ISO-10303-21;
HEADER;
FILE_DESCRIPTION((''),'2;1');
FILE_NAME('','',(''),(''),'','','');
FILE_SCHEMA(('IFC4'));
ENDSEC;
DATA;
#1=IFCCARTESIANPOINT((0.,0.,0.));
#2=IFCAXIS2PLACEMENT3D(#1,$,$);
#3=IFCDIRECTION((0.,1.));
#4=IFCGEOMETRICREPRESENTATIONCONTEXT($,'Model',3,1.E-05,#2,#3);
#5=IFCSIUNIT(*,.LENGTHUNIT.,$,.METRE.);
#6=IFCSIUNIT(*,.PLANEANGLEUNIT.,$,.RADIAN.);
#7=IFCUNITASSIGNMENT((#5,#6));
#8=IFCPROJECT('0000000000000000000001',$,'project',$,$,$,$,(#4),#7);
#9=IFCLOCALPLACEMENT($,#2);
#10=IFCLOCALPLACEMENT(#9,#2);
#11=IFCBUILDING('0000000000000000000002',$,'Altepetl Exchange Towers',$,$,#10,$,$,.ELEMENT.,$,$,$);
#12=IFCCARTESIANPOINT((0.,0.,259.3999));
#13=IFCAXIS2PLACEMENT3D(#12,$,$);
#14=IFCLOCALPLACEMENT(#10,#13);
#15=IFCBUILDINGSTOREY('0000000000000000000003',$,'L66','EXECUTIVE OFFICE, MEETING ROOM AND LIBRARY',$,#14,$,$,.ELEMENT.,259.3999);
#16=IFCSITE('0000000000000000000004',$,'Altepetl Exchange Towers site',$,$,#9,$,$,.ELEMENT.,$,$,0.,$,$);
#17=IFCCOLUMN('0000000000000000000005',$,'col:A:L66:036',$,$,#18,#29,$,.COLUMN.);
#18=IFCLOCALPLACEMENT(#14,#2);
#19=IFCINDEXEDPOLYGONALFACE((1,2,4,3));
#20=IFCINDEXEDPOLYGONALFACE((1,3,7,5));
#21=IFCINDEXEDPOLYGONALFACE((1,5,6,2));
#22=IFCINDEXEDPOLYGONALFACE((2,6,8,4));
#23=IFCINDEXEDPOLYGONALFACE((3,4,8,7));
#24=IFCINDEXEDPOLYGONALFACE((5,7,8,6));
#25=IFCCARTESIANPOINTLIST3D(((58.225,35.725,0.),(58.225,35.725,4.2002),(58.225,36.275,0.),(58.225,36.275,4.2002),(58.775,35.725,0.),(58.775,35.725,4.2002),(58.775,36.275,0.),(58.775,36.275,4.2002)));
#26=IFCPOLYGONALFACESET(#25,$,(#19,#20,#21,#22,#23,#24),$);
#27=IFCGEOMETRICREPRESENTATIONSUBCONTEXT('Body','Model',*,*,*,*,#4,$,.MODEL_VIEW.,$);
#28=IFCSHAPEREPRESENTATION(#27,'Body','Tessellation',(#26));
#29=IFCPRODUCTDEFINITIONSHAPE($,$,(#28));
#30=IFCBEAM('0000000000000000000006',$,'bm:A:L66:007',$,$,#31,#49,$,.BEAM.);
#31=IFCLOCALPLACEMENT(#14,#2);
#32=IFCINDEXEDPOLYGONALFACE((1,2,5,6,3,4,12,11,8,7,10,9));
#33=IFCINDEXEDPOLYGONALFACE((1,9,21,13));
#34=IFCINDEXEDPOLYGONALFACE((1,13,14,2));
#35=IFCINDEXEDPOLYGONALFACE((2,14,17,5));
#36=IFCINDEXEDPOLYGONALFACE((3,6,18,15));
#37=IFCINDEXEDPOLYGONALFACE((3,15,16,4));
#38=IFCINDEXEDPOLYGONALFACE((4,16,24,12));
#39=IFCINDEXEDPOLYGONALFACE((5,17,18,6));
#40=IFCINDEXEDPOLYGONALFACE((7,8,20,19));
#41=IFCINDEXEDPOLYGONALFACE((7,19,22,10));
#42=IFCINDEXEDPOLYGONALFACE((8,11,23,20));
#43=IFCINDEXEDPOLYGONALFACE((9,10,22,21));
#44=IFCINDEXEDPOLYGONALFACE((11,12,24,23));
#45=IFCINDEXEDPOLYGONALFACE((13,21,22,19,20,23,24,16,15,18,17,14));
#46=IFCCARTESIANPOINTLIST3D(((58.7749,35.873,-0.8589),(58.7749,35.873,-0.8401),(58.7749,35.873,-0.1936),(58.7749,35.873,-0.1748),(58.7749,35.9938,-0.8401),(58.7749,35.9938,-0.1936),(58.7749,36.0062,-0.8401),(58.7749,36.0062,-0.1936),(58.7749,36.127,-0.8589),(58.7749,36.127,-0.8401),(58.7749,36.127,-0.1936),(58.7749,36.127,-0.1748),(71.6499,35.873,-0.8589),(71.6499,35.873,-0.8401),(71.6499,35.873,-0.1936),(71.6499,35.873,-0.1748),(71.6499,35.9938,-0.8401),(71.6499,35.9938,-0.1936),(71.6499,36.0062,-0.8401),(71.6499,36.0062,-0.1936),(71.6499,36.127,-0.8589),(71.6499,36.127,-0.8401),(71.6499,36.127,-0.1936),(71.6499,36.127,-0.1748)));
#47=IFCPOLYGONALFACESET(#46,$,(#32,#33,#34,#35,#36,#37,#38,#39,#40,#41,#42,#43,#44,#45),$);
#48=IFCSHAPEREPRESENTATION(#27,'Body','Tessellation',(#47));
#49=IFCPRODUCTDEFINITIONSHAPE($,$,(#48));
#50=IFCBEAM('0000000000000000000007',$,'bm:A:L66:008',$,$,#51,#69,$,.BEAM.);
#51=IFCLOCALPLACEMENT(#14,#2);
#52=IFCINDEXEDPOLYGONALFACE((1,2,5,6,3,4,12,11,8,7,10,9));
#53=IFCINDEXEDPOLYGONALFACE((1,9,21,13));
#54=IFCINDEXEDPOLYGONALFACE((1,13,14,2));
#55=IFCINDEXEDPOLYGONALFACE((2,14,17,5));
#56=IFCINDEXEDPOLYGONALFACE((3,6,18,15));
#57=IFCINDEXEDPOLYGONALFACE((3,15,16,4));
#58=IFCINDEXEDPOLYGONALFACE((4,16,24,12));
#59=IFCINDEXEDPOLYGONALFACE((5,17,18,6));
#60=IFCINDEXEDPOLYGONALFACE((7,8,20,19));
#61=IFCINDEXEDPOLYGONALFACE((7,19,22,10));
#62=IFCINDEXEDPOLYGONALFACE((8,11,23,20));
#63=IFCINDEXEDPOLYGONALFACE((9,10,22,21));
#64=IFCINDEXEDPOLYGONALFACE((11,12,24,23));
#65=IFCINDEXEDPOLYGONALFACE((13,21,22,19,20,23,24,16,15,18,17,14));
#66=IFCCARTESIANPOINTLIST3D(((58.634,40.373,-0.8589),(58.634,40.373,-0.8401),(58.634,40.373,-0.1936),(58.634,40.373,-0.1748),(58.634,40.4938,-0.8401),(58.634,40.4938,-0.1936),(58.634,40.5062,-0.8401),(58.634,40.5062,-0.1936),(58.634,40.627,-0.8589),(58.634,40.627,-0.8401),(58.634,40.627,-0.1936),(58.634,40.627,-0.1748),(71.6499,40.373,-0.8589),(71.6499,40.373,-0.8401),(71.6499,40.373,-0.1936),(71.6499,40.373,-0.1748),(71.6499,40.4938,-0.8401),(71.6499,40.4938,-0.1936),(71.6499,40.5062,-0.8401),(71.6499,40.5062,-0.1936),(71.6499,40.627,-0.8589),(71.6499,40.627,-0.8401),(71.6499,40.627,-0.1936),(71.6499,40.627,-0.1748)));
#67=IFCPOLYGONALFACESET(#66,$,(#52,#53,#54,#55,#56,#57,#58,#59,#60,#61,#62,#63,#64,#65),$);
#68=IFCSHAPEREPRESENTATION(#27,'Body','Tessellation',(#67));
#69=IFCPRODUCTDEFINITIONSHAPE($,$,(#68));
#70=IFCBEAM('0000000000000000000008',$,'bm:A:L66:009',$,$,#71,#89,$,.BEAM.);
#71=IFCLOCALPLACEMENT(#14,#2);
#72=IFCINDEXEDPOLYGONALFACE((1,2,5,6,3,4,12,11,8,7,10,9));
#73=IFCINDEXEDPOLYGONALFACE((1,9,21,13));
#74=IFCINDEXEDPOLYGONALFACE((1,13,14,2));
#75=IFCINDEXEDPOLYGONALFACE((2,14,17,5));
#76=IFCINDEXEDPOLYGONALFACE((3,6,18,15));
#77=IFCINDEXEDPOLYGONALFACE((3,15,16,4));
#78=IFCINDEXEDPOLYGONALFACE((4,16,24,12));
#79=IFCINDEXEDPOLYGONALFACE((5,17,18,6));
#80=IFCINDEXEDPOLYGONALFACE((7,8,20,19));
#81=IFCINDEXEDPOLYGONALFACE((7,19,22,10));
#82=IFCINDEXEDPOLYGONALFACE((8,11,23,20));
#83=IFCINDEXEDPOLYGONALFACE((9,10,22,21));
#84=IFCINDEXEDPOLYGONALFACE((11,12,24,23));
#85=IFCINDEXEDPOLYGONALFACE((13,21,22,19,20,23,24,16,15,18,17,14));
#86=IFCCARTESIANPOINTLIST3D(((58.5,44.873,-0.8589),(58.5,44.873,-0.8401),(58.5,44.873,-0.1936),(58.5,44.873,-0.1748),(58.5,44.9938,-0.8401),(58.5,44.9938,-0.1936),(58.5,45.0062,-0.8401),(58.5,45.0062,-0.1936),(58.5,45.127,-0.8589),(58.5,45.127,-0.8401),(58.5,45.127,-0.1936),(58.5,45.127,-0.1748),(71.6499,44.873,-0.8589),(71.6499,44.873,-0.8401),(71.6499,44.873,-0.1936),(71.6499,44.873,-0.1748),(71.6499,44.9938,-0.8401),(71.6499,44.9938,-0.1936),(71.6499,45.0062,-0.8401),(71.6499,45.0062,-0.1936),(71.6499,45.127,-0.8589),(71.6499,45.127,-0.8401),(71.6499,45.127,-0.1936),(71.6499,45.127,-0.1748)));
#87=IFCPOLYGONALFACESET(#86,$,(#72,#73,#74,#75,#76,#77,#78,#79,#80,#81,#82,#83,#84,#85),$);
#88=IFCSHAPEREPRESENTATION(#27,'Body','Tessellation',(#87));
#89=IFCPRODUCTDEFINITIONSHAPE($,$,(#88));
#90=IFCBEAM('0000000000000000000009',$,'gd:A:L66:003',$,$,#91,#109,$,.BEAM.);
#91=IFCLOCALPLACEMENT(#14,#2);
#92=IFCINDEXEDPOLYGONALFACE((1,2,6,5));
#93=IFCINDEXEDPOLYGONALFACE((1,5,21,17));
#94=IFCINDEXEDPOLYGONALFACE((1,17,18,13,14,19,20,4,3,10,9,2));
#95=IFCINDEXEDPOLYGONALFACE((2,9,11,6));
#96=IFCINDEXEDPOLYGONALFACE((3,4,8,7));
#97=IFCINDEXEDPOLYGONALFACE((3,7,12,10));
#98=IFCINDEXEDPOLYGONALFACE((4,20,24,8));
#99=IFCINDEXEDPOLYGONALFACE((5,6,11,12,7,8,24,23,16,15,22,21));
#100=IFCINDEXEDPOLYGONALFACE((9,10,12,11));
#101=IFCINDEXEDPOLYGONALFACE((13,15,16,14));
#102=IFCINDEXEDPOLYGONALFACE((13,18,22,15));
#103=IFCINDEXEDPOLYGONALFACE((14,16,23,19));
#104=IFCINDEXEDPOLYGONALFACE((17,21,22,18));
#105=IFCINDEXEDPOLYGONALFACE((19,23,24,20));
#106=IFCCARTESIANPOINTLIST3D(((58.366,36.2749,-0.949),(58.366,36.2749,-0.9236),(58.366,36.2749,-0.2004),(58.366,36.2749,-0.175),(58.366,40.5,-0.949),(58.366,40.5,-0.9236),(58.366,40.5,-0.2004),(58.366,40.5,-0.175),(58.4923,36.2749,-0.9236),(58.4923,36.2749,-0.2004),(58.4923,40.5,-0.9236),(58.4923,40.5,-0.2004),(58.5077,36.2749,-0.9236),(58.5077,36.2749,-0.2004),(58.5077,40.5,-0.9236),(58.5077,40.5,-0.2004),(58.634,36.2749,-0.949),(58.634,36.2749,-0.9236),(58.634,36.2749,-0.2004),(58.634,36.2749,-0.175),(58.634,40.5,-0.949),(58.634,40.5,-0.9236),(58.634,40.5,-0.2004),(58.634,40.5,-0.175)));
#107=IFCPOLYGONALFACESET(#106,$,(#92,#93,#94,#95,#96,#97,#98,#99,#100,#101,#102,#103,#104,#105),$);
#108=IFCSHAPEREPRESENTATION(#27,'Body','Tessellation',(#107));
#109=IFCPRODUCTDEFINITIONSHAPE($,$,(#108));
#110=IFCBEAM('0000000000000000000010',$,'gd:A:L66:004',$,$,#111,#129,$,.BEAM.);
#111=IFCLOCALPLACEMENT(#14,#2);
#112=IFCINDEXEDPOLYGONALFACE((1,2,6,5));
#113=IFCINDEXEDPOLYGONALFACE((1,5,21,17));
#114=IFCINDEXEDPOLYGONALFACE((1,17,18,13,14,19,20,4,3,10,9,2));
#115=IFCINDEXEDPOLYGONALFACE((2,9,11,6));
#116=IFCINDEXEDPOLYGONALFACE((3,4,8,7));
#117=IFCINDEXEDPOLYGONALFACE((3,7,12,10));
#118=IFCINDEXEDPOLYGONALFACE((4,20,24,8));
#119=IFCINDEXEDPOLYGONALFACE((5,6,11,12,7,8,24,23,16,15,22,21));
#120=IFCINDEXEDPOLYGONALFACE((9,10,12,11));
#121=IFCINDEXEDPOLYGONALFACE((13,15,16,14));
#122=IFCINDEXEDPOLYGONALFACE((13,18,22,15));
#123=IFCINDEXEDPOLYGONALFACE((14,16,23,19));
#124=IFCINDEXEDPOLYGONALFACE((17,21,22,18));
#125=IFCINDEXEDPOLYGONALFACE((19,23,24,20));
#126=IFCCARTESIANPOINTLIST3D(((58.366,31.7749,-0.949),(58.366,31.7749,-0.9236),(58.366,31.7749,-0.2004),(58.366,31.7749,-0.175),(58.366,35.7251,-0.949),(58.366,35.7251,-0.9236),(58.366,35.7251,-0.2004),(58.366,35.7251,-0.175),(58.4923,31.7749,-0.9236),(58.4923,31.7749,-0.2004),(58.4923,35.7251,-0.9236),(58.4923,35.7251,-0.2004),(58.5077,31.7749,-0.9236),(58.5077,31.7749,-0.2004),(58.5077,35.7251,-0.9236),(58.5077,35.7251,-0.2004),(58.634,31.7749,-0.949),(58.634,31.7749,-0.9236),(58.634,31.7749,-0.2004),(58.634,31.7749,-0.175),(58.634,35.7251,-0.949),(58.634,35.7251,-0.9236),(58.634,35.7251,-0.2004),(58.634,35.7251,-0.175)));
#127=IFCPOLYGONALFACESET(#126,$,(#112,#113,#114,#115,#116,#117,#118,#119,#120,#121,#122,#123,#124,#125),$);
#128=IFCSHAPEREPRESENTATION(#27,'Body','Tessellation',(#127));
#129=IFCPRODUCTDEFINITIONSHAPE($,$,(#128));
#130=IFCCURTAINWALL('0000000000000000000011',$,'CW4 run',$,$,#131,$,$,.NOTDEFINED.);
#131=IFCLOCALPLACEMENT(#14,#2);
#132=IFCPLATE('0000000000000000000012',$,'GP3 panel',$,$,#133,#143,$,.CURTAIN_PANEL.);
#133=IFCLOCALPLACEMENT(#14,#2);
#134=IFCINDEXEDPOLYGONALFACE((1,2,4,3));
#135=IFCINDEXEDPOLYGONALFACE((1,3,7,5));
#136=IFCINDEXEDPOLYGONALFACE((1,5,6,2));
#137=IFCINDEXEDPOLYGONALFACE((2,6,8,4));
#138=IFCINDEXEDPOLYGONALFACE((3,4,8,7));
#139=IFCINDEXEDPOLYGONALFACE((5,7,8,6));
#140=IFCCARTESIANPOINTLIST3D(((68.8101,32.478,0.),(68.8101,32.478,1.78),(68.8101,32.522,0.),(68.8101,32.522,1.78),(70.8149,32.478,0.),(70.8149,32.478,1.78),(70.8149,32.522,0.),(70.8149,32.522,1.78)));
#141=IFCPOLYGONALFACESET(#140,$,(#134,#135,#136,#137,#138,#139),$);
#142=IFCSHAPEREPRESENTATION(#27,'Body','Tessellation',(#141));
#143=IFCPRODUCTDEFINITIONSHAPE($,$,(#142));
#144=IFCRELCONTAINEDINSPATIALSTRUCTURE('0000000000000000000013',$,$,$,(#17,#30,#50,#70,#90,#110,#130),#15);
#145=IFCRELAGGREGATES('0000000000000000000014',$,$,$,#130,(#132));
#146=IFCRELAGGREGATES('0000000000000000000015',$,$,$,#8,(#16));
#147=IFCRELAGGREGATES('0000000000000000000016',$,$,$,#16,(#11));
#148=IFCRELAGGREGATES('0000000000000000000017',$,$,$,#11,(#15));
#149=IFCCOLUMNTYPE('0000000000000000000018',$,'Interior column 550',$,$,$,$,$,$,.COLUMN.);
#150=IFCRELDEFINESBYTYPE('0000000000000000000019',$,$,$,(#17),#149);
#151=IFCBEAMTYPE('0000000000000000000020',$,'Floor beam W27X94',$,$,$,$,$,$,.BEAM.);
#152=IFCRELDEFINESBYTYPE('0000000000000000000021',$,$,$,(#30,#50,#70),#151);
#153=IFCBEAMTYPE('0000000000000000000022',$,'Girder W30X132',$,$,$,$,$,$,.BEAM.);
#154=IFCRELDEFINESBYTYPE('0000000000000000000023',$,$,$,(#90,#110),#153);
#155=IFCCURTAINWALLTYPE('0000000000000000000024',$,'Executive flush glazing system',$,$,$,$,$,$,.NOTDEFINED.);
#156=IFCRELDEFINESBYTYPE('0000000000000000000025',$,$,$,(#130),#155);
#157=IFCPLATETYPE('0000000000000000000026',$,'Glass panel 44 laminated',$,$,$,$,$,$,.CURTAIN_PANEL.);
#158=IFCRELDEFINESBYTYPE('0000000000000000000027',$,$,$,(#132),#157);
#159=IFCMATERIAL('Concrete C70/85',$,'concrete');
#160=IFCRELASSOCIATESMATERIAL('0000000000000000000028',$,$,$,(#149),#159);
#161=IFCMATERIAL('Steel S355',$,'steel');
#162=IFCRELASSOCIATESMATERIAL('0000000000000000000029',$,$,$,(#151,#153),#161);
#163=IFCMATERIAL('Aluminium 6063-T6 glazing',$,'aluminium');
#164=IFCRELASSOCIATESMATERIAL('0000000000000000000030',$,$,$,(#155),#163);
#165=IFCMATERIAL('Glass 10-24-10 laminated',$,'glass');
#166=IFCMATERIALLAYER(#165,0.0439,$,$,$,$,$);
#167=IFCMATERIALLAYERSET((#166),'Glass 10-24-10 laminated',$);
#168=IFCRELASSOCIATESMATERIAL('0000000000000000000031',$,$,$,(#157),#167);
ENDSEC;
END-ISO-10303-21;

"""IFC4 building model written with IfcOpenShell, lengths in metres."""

from ifc_helpers import new_model, si_unit, direction, frame, origin, origin_2d, place, context, subcontext, project, spatial, rectangle, i_section, extrude, material, layer, layer_set, material_profile, profile_set, type_object, element, aggregate, save


model = new_model("IFC4")

# Units and contexts
model_context = context("Model", 3, precision=1e-05, world=origin(), true_north=direction((0.0, 1.0)))
body_context = subcontext(model_context, "Body", "Model", "MODEL_VIEW")
ifc_project = project(units=[si_unit("LENGTHUNIT", "METRE"), si_unit("PLANEANGLEUNIT", "RADIAN")], contexts=[model_context])

# Site, building, storey
site_placement = place(None, origin())
site = spatial("IfcSite", under=ifc_project, at=site_placement, Name="Altepetl Exchange Towers site", CompositionType="ELEMENT", RefElevation=0.0)
building_placement = place(site_placement, origin())
building = spatial("IfcBuilding", under=site, at=building_placement, Name="Altepetl Exchange Towers", CompositionType="ELEMENT")
storey_placement = place(building_placement, frame((0.0, 0.0, 259.3999)))
storey = spatial("IfcBuildingStorey", under=building, at=storey_placement, Name="L66", Description="EXECUTIVE OFFICE, MEETING ROOM AND LIBRARY", CompositionType="ELEMENT", Elevation=259.3999)

# Column
ifc_material_1 = material(Name="Concrete C70/85", Category="concrete")
ifc_material_profile_1 = material_profile(ifc_material_1, rectangle(XDim=0.55, YDim=0.55, at=origin_2d()), Name="550 x 550")
ifc_profile_set_1 = profile_set([ifc_material_profile_1], Name="Concrete C70/85")
column_type = type_object("IfcColumnType", Name="Interior column 550", PredefinedType="COLUMN", material=ifc_profile_set_1)
column_placement = place(storey_placement, frame((58.5, 36.0, 0.0)))
element("IfcColumn", 1, at=column_placement, inside=storey, type_object=column_type, Name="col:A:L66:036", PredefinedType="COLUMN", context=body_context, shape_type="SweptSolid", body=[
    extrude(rectangle(XDim=0.55, YDim=0.55, at=origin_2d()), origin(), (0.0, 0.0, 1.0), 4.2002),
])

# Beams
ifc_material_2 = material(Name="Steel S355", Category="steel")
ifc_material_profile_2 = material_profile(ifc_material_2, i_section(OverallWidth=0.2539, OverallDepth=0.6841, WebThickness=0.0125, FlangeThickness=0.0188, at=origin_2d()), Name="W27X94")
ifc_profile_set_2 = profile_set([ifc_material_profile_2], Name="Steel S355")
beam_type_1 = type_object("IfcBeamType", Name="Floor beam W27X94", PredefinedType="BEAM", material=ifc_profile_set_2)
beam_1_placement = place(storey_placement, frame((58.7749, 36.0, -0.5168), z_axis=(1.0, 0.0, 0.0), x_axis=(0.0, 1.0, 0.0)))
element("IfcBeam", 2, at=beam_1_placement, inside=storey, type_object=beam_type_1, Name="bm:A:L66:007", PredefinedType="BEAM", context=body_context, shape_type="SweptSolid", body=[
    extrude(i_section(OverallWidth=0.2539, OverallDepth=0.6841, WebThickness=0.0125, FlangeThickness=0.0188, at=origin_2d()), origin(), (0.0, 0.0, 1.0), 12.875),
])
beam_2_placement = place(storey_placement, frame((58.634, 40.5, -0.5168), z_axis=(1.0, 0.0, 0.0), x_axis=(0.0, 1.0, 0.0)))
element("IfcBeam", 3, at=beam_2_placement, inside=storey, type_object=beam_type_1, Name="bm:A:L66:008", PredefinedType="BEAM", context=body_context, shape_type="SweptSolid", body=[
    extrude(i_section(OverallWidth=0.2539, OverallDepth=0.6841, WebThickness=0.0125, FlangeThickness=0.0188, at=origin_2d()), origin(), (0.0, 0.0, 1.0), 13.0159),
])
beam_3_placement = place(storey_placement, frame((58.5, 45.0, -0.5168), z_axis=(1.0, 0.0, 0.0), x_axis=(0.0, 1.0, 0.0)))
element("IfcBeam", 4, at=beam_3_placement, inside=storey, type_object=beam_type_1, Name="bm:A:L66:009", PredefinedType="BEAM", context=body_context, shape_type="SweptSolid", body=[
    extrude(i_section(OverallWidth=0.2539, OverallDepth=0.6841, WebThickness=0.0125, FlangeThickness=0.0188, at=origin_2d()), origin(), (0.0, 0.0, 1.0), 13.1499),
])
ifc_material_profile_3 = material_profile(ifc_material_2, i_section(OverallWidth=0.2681, OverallDepth=0.7739, WebThickness=0.0154, FlangeThickness=0.0254, at=origin_2d()), Name="W30X132")
ifc_profile_set_3 = profile_set([ifc_material_profile_3], Name="Steel S355")
beam_type_2 = type_object("IfcBeamType", Name="Girder W30X132", PredefinedType="BEAM", material=ifc_profile_set_3)
beam_4_placement = place(storey_placement, frame((58.5, 40.5, -0.562), z_axis=(0.0, -1.0, 0.0), x_axis=(1.0, 0.0, 0.0)))
element("IfcBeam", 5, at=beam_4_placement, inside=storey, type_object=beam_type_2, Name="gd:A:L66:003", PredefinedType="BEAM", context=body_context, shape_type="SweptSolid", body=[
    extrude(i_section(OverallWidth=0.2681, OverallDepth=0.7739, WebThickness=0.0154, FlangeThickness=0.0254, at=origin_2d()), origin(), (0.0, 0.0, 1.0), 4.2251),
])
beam_5_placement = place(storey_placement, frame((58.5, 35.7251, -0.562), z_axis=(0.0, -1.0, 0.0), x_axis=(1.0, 0.0, 0.0)))
element("IfcBeam", 6, at=beam_5_placement, inside=storey, type_object=beam_type_2, Name="gd:A:L66:004", PredefinedType="BEAM", context=body_context, shape_type="SweptSolid", body=[
    extrude(i_section(OverallWidth=0.2681, OverallDepth=0.7739, WebThickness=0.0154, FlangeThickness=0.0254, at=origin_2d()), origin(), (0.0, 0.0, 1.0), 3.9502),
])

# Curtain wall, plate
ifc_material_3 = material(Name="Aluminium 6063-T6 glazing", Category="aluminium")
curtain_wall_type = type_object("IfcCurtainWallType", Name="Executive flush glazing system", PredefinedType="NOTDEFINED", material=ifc_material_3)
curtain_wall_placement = place(storey_placement, origin())
curtain_wall = element("IfcCurtainWall", 7, at=curtain_wall_placement, inside=storey, type_object=curtain_wall_type, Name="CW4 run", PredefinedType="NOTDEFINED")
ifc_material_4 = material(Name="Glass 10-24-10 laminated", Category="glass")
ifc_layer_1 = layer(ifc_material_4, 0.0439)
ifc_layer_set_1 = layer_set([ifc_layer_1], Name="Glass 10-24-10 laminated")
plate_type = type_object("IfcPlateType", Name="Glass panel 44 laminated", PredefinedType="CURTAIN_PANEL", material=ifc_layer_set_1)
plate_placement = place(storey_placement, frame((69.8125, 32.5, 0.0)))
plate = element("IfcPlate", 8, at=plate_placement, type_object=plate_type, Name="GP3 panel", PredefinedType="CURTAIN_PANEL", context=body_context, shape_type="SweptSolid", body=[
    extrude(rectangle(XDim=2.0049, YDim=0.0439, at=origin_2d()), origin(), (0.0, 0.0, 1.0), 1.78),
])
aggregate(curtain_wall, [plate])

save(model, "model.ifc")
